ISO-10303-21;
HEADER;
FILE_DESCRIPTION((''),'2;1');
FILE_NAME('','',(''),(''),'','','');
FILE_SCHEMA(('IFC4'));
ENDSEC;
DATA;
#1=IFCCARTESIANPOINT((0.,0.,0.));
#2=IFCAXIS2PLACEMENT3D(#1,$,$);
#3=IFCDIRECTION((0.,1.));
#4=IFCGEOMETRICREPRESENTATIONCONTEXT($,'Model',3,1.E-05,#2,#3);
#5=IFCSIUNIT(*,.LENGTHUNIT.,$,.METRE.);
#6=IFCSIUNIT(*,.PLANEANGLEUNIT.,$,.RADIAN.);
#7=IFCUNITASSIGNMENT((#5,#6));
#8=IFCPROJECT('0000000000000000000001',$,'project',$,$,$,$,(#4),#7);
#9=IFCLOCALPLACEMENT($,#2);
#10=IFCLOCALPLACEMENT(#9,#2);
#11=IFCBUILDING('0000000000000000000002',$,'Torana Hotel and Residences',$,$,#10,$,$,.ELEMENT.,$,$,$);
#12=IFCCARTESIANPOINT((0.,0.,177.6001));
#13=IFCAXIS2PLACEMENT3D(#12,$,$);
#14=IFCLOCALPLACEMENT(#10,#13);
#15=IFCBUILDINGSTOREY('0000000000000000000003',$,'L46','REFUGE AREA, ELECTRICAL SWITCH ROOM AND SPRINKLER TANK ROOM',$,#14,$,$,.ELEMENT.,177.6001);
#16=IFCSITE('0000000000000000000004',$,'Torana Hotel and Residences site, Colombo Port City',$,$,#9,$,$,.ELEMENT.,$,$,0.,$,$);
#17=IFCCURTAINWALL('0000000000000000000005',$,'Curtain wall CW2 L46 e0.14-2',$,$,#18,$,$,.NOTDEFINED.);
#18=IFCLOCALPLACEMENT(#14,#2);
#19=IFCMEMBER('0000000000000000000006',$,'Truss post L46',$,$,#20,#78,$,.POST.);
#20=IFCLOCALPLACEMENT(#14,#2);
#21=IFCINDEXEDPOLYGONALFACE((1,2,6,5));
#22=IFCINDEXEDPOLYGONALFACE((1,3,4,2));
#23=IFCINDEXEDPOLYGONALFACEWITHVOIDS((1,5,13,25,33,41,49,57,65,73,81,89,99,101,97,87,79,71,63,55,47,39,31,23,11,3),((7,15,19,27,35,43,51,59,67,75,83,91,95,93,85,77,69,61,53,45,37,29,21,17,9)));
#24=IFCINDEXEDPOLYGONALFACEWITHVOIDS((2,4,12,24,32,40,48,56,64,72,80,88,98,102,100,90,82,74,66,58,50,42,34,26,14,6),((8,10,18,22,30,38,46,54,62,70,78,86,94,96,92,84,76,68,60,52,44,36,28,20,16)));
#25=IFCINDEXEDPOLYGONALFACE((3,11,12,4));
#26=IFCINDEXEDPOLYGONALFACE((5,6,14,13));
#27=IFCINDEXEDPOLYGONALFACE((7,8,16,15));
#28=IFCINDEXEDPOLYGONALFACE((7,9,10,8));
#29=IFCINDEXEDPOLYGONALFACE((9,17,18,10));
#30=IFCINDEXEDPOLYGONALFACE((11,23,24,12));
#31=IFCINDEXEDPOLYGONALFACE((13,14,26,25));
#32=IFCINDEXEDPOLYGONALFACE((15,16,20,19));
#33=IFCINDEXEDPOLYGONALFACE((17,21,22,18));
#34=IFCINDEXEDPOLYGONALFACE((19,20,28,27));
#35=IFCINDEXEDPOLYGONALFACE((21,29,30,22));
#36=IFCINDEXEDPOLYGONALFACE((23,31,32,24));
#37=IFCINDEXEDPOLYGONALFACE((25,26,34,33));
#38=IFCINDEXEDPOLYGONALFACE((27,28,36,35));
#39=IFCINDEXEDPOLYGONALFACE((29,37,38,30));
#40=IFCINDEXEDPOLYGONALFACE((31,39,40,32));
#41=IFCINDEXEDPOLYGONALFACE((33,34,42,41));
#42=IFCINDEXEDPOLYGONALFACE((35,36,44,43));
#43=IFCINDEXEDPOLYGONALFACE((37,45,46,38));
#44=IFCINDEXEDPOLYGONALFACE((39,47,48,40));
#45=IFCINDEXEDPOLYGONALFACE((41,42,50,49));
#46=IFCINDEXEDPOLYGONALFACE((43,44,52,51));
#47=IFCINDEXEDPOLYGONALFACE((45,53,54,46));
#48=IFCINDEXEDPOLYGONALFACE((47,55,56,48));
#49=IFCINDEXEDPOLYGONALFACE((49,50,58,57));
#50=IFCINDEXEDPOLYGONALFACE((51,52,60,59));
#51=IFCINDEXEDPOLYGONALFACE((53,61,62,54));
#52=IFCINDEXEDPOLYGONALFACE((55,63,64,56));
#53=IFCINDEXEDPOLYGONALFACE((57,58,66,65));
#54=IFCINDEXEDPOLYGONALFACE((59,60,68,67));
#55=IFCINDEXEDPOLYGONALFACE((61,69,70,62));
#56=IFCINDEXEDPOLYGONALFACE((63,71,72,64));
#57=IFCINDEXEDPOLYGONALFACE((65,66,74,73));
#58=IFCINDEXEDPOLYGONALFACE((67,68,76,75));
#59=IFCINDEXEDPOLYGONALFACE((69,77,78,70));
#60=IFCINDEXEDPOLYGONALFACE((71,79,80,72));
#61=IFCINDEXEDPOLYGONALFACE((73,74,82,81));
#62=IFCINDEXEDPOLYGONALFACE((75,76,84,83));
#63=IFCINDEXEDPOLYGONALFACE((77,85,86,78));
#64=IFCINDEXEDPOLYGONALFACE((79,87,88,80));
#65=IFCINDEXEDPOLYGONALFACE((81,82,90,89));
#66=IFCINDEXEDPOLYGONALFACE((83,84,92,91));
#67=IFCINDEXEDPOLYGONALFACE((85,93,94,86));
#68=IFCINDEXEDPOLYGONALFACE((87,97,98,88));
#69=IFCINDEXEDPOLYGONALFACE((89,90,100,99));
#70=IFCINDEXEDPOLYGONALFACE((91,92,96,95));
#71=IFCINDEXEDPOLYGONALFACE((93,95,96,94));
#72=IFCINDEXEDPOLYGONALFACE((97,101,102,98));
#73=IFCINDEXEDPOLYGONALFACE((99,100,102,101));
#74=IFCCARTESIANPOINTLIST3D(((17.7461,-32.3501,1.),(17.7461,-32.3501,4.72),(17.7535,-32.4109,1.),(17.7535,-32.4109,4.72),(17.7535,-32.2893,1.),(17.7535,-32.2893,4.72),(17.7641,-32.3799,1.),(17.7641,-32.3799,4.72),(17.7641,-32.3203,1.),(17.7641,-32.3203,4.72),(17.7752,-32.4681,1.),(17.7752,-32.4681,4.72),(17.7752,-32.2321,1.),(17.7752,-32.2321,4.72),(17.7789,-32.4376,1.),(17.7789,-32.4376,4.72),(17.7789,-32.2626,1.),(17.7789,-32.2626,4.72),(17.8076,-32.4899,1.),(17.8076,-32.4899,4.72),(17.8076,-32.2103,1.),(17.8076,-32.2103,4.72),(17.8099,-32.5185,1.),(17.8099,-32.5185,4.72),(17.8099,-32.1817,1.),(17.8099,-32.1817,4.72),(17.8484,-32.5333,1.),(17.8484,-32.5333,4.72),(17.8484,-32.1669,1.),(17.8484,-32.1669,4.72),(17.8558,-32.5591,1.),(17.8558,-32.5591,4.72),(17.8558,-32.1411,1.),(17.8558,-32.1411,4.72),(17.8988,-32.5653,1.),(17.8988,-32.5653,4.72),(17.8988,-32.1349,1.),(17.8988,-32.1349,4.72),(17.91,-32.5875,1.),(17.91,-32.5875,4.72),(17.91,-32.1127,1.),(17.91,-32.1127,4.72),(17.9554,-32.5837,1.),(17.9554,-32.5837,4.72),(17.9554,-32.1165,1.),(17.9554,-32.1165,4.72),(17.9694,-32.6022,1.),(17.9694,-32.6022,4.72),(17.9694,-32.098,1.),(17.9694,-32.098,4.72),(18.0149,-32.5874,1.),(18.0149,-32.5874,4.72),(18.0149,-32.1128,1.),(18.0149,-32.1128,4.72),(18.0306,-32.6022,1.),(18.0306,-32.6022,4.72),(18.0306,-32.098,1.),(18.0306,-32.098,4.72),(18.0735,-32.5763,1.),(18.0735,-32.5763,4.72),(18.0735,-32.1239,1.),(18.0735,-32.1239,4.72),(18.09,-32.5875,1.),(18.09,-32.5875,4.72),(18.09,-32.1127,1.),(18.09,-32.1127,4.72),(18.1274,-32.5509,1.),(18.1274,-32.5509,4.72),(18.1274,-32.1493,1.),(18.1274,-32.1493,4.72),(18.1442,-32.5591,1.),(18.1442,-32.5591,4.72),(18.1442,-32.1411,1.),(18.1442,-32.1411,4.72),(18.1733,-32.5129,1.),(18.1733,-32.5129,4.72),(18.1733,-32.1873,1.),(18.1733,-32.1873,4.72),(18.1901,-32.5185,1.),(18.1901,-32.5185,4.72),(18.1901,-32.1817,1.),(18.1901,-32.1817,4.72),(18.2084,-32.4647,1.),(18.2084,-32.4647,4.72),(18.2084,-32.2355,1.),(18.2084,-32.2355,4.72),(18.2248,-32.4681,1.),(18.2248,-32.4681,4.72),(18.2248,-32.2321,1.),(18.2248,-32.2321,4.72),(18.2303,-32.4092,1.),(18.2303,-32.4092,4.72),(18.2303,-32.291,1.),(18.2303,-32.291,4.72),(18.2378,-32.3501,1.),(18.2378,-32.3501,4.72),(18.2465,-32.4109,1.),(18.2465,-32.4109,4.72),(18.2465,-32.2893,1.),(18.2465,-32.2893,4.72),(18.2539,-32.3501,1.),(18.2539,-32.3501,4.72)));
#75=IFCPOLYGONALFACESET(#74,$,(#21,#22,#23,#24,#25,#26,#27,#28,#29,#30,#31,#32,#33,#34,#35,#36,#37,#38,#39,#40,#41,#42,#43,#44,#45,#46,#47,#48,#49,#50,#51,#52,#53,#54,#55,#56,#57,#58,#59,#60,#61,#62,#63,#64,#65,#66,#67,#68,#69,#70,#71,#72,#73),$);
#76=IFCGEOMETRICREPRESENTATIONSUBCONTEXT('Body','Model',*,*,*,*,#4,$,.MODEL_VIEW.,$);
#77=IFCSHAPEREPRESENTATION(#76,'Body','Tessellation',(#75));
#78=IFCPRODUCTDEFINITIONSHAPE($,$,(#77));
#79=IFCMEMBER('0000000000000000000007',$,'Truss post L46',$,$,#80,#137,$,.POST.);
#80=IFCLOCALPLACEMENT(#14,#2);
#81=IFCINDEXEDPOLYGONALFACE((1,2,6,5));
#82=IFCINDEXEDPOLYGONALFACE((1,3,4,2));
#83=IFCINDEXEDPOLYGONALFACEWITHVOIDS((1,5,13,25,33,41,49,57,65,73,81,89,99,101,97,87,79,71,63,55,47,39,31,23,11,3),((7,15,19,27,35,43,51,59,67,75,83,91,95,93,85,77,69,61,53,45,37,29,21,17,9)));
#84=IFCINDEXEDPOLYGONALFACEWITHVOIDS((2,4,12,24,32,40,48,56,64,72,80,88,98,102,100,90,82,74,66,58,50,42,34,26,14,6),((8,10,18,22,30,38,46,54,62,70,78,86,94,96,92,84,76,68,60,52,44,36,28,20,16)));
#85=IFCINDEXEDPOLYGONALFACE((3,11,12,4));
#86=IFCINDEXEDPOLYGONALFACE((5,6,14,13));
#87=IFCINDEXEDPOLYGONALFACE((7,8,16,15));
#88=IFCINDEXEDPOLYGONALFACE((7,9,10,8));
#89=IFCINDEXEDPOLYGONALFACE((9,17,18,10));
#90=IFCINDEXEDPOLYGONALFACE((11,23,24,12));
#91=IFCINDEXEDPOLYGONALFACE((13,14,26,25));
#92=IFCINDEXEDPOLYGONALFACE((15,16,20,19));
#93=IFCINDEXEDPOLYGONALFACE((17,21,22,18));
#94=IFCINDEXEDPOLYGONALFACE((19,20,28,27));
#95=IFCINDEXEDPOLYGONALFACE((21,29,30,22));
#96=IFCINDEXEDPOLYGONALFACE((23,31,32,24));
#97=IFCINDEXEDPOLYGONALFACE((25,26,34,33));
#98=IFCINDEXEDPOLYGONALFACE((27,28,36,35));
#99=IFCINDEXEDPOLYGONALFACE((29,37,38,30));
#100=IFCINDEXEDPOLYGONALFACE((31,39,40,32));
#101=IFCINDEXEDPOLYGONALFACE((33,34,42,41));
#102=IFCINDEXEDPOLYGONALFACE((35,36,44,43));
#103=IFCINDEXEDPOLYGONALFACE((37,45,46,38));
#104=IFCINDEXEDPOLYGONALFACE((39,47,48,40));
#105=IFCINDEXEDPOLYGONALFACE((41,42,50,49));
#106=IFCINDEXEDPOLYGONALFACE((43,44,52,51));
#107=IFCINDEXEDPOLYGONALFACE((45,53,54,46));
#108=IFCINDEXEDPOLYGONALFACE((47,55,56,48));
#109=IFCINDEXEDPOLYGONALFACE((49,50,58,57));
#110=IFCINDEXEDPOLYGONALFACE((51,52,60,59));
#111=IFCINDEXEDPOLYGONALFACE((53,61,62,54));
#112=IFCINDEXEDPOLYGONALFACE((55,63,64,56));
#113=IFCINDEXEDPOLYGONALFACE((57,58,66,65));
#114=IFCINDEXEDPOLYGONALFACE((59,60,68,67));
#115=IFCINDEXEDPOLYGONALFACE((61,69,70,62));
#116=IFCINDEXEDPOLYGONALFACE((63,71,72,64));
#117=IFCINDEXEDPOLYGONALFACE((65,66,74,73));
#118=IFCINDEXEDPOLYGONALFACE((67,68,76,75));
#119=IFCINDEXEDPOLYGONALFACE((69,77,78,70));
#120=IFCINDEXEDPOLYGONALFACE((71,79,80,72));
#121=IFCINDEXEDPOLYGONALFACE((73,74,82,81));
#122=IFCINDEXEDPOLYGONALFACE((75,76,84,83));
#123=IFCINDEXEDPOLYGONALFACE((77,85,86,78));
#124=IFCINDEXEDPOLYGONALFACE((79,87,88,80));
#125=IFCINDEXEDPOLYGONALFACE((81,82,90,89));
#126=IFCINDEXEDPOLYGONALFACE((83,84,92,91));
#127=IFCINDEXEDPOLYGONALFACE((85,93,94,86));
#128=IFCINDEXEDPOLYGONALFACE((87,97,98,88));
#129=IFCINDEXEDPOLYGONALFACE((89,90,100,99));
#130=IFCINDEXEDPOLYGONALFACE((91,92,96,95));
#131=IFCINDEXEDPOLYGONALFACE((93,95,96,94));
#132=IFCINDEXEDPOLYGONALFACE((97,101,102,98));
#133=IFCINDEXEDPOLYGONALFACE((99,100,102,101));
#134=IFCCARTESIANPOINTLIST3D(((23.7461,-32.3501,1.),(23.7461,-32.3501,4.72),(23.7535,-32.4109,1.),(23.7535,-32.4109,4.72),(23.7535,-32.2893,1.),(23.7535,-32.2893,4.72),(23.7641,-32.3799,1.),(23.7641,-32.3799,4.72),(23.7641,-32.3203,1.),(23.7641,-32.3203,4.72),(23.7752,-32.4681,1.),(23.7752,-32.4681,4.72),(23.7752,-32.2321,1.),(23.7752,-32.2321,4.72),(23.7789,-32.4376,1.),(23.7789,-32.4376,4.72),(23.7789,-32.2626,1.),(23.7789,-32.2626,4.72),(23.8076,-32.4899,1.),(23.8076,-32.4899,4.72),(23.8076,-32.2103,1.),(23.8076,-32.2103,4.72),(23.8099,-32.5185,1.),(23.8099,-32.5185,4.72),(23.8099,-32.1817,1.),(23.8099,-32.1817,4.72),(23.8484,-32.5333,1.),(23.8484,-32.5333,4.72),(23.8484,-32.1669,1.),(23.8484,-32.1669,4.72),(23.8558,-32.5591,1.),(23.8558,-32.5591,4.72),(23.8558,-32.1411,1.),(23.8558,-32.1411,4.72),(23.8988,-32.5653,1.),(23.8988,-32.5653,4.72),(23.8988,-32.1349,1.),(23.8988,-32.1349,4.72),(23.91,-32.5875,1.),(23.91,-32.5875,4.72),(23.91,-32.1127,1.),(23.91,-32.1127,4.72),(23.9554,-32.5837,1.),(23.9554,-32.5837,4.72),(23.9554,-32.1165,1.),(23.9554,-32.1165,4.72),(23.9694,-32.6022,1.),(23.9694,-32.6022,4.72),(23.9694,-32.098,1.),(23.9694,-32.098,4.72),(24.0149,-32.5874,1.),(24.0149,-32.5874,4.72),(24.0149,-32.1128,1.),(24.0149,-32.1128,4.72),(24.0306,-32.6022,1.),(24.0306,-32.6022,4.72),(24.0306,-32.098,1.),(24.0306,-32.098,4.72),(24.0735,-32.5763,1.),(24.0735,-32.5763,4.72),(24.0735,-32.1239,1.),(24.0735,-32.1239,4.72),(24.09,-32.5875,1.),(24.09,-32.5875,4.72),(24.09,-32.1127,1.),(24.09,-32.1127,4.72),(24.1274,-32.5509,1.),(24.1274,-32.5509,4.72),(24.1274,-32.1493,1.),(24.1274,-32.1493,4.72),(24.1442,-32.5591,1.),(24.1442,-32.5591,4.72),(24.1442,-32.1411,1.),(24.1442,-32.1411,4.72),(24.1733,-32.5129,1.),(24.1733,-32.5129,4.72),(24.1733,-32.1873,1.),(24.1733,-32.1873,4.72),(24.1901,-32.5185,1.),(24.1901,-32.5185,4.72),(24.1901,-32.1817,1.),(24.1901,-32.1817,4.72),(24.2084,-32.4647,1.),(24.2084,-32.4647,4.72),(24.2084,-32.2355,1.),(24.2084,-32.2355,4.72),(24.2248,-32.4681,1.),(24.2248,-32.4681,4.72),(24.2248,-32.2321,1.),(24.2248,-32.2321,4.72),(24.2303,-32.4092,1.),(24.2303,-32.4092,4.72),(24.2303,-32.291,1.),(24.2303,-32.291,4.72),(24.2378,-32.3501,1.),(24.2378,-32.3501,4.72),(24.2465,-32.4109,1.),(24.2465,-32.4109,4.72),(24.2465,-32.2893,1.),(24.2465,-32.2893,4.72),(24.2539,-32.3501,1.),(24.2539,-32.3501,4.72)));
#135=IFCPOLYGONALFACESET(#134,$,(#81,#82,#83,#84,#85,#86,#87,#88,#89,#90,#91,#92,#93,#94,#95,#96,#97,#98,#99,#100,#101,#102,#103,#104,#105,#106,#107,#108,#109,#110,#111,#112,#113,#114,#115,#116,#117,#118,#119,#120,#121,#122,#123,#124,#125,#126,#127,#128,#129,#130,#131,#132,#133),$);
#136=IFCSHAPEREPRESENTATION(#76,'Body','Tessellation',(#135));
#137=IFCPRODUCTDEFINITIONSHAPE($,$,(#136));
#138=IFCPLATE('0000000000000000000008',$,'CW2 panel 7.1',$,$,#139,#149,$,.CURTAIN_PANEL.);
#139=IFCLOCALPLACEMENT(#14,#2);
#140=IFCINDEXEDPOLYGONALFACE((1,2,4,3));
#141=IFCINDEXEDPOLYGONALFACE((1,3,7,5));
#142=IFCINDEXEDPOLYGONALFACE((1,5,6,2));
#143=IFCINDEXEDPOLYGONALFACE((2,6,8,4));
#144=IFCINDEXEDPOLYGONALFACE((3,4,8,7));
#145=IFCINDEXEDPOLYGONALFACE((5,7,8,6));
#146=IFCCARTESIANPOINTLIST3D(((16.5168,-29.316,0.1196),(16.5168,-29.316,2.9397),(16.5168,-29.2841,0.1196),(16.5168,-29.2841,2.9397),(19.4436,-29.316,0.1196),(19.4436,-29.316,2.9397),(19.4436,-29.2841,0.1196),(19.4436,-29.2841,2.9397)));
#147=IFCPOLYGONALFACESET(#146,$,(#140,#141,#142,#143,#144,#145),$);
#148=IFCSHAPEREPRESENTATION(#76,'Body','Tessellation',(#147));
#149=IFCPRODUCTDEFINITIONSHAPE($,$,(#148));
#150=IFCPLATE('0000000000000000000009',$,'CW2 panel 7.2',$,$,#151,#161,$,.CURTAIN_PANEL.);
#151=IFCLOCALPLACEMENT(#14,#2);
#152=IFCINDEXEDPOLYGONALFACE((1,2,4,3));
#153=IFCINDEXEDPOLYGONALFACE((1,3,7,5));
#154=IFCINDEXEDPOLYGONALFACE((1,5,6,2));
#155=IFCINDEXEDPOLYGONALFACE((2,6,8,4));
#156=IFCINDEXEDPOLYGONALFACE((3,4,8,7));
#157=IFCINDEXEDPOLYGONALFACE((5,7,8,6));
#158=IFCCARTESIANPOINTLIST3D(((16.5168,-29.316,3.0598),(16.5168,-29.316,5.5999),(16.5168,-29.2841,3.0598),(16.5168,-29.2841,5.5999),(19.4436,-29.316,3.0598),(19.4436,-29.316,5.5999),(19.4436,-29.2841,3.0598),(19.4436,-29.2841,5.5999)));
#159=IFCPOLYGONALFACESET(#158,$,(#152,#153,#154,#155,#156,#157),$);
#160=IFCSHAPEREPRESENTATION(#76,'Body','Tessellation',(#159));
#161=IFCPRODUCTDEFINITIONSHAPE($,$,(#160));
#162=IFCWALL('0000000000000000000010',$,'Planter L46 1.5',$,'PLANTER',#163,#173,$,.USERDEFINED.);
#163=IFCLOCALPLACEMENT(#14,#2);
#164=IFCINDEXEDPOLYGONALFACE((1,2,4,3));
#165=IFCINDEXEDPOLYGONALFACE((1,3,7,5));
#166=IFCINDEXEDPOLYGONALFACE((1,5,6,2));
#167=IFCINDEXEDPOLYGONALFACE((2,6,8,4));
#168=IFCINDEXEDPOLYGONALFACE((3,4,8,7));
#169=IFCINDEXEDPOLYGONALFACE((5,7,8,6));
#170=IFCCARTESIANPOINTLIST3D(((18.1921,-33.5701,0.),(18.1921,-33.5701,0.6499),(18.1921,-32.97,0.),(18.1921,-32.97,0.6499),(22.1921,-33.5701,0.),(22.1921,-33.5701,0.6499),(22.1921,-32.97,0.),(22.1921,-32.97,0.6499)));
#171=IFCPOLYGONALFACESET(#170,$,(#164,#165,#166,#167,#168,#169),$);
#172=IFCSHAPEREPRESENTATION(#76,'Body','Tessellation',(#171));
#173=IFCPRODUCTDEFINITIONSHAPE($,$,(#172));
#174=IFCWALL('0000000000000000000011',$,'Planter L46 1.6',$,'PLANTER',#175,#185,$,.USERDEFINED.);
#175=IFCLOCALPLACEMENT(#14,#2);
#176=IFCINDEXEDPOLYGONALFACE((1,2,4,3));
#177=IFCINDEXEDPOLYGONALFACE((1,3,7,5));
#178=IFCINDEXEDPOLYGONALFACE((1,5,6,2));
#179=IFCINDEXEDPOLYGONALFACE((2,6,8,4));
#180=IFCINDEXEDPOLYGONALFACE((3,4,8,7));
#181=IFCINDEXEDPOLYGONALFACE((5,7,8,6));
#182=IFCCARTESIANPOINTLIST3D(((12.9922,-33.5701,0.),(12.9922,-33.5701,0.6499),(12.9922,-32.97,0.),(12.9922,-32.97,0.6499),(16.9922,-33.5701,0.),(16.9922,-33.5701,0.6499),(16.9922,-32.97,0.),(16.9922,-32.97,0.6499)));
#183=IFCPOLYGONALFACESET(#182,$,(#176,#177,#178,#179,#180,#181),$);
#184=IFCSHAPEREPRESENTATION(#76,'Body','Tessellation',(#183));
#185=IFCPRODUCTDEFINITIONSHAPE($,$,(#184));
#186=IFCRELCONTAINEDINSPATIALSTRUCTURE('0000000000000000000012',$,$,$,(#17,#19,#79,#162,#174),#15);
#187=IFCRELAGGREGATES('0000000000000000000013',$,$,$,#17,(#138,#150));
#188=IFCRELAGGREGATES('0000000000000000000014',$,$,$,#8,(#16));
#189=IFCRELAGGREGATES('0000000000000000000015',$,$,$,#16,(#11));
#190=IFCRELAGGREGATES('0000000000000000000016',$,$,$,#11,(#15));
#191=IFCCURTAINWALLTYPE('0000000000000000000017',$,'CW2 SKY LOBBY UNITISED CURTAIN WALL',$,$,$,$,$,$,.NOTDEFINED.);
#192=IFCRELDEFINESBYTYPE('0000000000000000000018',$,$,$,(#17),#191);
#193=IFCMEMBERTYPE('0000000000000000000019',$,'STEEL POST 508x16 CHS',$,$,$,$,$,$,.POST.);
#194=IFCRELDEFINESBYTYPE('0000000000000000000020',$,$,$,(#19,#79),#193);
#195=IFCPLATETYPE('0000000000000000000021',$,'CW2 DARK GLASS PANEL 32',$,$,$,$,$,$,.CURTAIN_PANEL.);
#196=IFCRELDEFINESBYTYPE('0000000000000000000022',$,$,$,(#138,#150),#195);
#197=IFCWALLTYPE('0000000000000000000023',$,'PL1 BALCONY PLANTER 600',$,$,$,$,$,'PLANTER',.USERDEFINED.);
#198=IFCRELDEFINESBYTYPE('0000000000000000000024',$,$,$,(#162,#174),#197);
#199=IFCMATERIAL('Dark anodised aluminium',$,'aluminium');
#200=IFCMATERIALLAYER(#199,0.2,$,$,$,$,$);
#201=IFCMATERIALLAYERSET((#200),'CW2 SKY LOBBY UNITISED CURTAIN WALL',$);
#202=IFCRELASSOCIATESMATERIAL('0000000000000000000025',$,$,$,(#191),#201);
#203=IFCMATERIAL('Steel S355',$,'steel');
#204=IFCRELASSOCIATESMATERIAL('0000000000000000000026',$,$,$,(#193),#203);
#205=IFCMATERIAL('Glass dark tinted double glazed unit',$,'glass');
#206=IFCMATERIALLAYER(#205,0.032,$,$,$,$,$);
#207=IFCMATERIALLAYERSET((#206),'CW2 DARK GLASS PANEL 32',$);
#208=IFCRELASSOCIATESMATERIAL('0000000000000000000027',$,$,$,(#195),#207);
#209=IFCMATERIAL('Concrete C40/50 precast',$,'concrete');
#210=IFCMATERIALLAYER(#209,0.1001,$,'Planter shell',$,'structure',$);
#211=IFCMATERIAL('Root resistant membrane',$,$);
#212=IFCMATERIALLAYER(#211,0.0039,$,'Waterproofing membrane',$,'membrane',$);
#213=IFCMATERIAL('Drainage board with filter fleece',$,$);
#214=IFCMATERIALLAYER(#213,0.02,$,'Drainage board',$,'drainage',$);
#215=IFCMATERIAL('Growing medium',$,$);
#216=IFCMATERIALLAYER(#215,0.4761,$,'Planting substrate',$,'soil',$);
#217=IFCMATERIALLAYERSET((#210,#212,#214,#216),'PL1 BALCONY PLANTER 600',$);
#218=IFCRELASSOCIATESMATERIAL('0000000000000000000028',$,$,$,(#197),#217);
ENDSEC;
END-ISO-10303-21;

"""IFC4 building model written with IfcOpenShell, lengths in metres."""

from ifc_helpers import new_model, si_unit, direction, frame, frame_2d, origin, origin_2d, place, context, subcontext, project, spatial, rectangle, hollow_circle, extrude, material, layer, layer_set, material_profile, profile_set, type_object, element, aggregate, save


model = new_model("IFC4")

# Units and contexts
model_context = context("Model", 3, precision=1e-05, world=origin(), true_north=direction((0.0, 1.0)))
body_context = subcontext(model_context, "Body", "Model", "MODEL_VIEW")
ifc_project = project(units=[si_unit("LENGTHUNIT", "METRE"), si_unit("PLANEANGLEUNIT", "RADIAN")], contexts=[model_context])

# Site, building, storey
site_placement = place(None, origin())
site = spatial("IfcSite", under=ifc_project, at=site_placement, Name="Torana Hotel and Residences site, Colombo Port City", CompositionType="ELEMENT", RefElevation=0.0)
building_placement = place(site_placement, origin())
building = spatial("IfcBuilding", under=site, at=building_placement, Name="Torana Hotel and Residences", CompositionType="ELEMENT")
storey_placement = place(building_placement, frame((0.0, 0.0, 177.6001)))
storey = spatial("IfcBuildingStorey", under=building, at=storey_placement, Name="L46", Description="REFUGE AREA, ELECTRICAL SWITCH ROOM AND SPRINKLER TANK ROOM", CompositionType="ELEMENT", Elevation=177.6001)

# Curtain wall
ifc_material_1 = material(Name="Dark anodised aluminium", Category="aluminium")
ifc_layer_1 = layer(ifc_material_1, 0.2)
ifc_layer_set_1 = layer_set([ifc_layer_1], Name="CW2 SKY LOBBY UNITISED CURTAIN WALL")
curtain_wall_type = type_object("IfcCurtainWallType", Name="CW2 SKY LOBBY UNITISED CURTAIN WALL", PredefinedType="NOTDEFINED", material=ifc_layer_set_1)
curtain_wall_placement = place(storey_placement, origin())
curtain_wall = element("IfcCurtainWall", 1, at=curtain_wall_placement, inside=storey, type_object=curtain_wall_type, Name="Curtain wall CW2 L46 e0.14-2", PredefinedType="NOTDEFINED")

# Members
ifc_material_2 = material(Name="Steel S355", Category="steel")
ifc_material_profile_1 = material_profile(ifc_material_2, hollow_circle(Radius=0.2539, WallThickness=0.0161, at=origin_2d()), Name="508x16 CHS")
ifc_profile_set_1 = profile_set([ifc_material_profile_1], Name="Steel S355")
member_type_1 = type_object("IfcMemberType", Name="STEEL POST 508x16 CHS", PredefinedType="POST", material=ifc_profile_set_1)
for number, where, z_axis, x_axis, name in (
    (2, (18.0, -32.3501, 1.0), (0.0, 0.0, 1.0), (1.0, 0.0, 0.0), "Truss post L46"),
    (3, (24.0, -32.3501, 1.0), (0.0, 0.0, 1.0), (1.0, 0.0, 0.0), "Truss post L46"),
):
    element("IfcMember", number, at=place(storey_placement, frame(where, z_axis=z_axis, x_axis=x_axis)), inside=storey, type_object=member_type_1, Name=name, PredefinedType="POST", context=body_context, shape_type="SweptSolid", body=[
        extrude(hollow_circle(Radius=0.2539, WallThickness=0.0161, at=origin_2d()), origin(), (0.0, 0.0, 1.0), 3.72),
    ])

# Plates
ifc_material_3 = material(Name="Glass dark tinted double glazed unit", Category="glass")
ifc_layer_2 = layer(ifc_material_3, 0.032)
ifc_layer_set_2 = layer_set([ifc_layer_2], Name="CW2 DARK GLASS PANEL 32")
plate_type = type_object("IfcPlateType", Name="CW2 DARK GLASS PANEL 32", PredefinedType="CURTAIN_PANEL", material=ifc_layer_set_2)
plate_1_placement = place(storey_placement, frame((17.9802, -29.3, 0.1196), z_axis=(0.0, 0.0, 1.0), x_axis=(1.0, 0.0, 0.0)))
plate_1 = element("IfcPlate", 4, at=plate_1_placement, type_object=plate_type, Name="CW2 panel 7.1", PredefinedType="CURTAIN_PANEL", context=body_context, shape_type="SweptSolid", body=[
    extrude(rectangle(XDim=2.9268, YDim=0.032, at=origin_2d()), origin(), (0.0, 0.0, 1.0), 2.8201),
])
plate_2_placement = place(storey_placement, frame((17.9802, -29.3, 3.0598), z_axis=(0.0, 0.0, 1.0), x_axis=(1.0, 0.0, 0.0)))
plate_2 = element("IfcPlate", 5, at=plate_2_placement, type_object=plate_type, Name="CW2 panel 7.2", PredefinedType="CURTAIN_PANEL", context=body_context, shape_type="SweptSolid", body=[
    extrude(rectangle(XDim=2.9268, YDim=0.032, at=origin_2d()), origin(), (0.0, 0.0, 1.0), 2.54),
])
aggregate(curtain_wall, [plate_1, plate_2])

# Walls
ifc_material_4 = material(Name="Concrete C40/50 precast", Category="concrete")
ifc_layer_3 = layer(ifc_material_4, 0.1001, Name="Planter shell", Category="structure")
ifc_material_5 = material(Name="Root resistant membrane")
ifc_layer_4 = layer(ifc_material_5, 0.0039, Name="Waterproofing membrane", Category="membrane")
ifc_material_6 = material(Name="Drainage board with filter fleece")
ifc_layer_5 = layer(ifc_material_6, 0.02, Name="Drainage board", Category="drainage")
ifc_material_7 = material(Name="Growing medium")
ifc_layer_6 = layer(ifc_material_7, 0.4761, Name="Planting substrate", Category="soil")
ifc_layer_set_3 = layer_set([ifc_layer_3, ifc_layer_4, ifc_layer_5, ifc_layer_6], Name="PL1 BALCONY PLANTER 600")
wall_type = type_object("IfcWallType", Name="PL1 BALCONY PLANTER 600", ElementType="PLANTER", PredefinedType="USERDEFINED", material=ifc_layer_set_3)
for number, where, z_axis, x_axis, name in (
    (6, (22.1921, -33.27, 0.0), (0.0, 0.0, 1.0), (-1.0, 0.0, 0.0), "Planter L46 1.5"),
    (7, (16.9922, -33.27, 0.0), (0.0, 0.0, 1.0), (-1.0, 0.0, 0.0), "Planter L46 1.6"),
):
    element("IfcWall", number, at=place(storey_placement, frame(where, z_axis=z_axis, x_axis=x_axis)), inside=storey, type_object=wall_type, Name=name, ObjectType="PLANTER", PredefinedType="USERDEFINED", context=body_context, shape_type="SweptSolid", body=[
        extrude(rectangle(XDim=4.0, YDim=0.6001, at=frame_2d((2.0, 0.0))), origin(), (0.0, 0.0, 1.0), 0.6499),
    ])

save(model, "model.ifc")
